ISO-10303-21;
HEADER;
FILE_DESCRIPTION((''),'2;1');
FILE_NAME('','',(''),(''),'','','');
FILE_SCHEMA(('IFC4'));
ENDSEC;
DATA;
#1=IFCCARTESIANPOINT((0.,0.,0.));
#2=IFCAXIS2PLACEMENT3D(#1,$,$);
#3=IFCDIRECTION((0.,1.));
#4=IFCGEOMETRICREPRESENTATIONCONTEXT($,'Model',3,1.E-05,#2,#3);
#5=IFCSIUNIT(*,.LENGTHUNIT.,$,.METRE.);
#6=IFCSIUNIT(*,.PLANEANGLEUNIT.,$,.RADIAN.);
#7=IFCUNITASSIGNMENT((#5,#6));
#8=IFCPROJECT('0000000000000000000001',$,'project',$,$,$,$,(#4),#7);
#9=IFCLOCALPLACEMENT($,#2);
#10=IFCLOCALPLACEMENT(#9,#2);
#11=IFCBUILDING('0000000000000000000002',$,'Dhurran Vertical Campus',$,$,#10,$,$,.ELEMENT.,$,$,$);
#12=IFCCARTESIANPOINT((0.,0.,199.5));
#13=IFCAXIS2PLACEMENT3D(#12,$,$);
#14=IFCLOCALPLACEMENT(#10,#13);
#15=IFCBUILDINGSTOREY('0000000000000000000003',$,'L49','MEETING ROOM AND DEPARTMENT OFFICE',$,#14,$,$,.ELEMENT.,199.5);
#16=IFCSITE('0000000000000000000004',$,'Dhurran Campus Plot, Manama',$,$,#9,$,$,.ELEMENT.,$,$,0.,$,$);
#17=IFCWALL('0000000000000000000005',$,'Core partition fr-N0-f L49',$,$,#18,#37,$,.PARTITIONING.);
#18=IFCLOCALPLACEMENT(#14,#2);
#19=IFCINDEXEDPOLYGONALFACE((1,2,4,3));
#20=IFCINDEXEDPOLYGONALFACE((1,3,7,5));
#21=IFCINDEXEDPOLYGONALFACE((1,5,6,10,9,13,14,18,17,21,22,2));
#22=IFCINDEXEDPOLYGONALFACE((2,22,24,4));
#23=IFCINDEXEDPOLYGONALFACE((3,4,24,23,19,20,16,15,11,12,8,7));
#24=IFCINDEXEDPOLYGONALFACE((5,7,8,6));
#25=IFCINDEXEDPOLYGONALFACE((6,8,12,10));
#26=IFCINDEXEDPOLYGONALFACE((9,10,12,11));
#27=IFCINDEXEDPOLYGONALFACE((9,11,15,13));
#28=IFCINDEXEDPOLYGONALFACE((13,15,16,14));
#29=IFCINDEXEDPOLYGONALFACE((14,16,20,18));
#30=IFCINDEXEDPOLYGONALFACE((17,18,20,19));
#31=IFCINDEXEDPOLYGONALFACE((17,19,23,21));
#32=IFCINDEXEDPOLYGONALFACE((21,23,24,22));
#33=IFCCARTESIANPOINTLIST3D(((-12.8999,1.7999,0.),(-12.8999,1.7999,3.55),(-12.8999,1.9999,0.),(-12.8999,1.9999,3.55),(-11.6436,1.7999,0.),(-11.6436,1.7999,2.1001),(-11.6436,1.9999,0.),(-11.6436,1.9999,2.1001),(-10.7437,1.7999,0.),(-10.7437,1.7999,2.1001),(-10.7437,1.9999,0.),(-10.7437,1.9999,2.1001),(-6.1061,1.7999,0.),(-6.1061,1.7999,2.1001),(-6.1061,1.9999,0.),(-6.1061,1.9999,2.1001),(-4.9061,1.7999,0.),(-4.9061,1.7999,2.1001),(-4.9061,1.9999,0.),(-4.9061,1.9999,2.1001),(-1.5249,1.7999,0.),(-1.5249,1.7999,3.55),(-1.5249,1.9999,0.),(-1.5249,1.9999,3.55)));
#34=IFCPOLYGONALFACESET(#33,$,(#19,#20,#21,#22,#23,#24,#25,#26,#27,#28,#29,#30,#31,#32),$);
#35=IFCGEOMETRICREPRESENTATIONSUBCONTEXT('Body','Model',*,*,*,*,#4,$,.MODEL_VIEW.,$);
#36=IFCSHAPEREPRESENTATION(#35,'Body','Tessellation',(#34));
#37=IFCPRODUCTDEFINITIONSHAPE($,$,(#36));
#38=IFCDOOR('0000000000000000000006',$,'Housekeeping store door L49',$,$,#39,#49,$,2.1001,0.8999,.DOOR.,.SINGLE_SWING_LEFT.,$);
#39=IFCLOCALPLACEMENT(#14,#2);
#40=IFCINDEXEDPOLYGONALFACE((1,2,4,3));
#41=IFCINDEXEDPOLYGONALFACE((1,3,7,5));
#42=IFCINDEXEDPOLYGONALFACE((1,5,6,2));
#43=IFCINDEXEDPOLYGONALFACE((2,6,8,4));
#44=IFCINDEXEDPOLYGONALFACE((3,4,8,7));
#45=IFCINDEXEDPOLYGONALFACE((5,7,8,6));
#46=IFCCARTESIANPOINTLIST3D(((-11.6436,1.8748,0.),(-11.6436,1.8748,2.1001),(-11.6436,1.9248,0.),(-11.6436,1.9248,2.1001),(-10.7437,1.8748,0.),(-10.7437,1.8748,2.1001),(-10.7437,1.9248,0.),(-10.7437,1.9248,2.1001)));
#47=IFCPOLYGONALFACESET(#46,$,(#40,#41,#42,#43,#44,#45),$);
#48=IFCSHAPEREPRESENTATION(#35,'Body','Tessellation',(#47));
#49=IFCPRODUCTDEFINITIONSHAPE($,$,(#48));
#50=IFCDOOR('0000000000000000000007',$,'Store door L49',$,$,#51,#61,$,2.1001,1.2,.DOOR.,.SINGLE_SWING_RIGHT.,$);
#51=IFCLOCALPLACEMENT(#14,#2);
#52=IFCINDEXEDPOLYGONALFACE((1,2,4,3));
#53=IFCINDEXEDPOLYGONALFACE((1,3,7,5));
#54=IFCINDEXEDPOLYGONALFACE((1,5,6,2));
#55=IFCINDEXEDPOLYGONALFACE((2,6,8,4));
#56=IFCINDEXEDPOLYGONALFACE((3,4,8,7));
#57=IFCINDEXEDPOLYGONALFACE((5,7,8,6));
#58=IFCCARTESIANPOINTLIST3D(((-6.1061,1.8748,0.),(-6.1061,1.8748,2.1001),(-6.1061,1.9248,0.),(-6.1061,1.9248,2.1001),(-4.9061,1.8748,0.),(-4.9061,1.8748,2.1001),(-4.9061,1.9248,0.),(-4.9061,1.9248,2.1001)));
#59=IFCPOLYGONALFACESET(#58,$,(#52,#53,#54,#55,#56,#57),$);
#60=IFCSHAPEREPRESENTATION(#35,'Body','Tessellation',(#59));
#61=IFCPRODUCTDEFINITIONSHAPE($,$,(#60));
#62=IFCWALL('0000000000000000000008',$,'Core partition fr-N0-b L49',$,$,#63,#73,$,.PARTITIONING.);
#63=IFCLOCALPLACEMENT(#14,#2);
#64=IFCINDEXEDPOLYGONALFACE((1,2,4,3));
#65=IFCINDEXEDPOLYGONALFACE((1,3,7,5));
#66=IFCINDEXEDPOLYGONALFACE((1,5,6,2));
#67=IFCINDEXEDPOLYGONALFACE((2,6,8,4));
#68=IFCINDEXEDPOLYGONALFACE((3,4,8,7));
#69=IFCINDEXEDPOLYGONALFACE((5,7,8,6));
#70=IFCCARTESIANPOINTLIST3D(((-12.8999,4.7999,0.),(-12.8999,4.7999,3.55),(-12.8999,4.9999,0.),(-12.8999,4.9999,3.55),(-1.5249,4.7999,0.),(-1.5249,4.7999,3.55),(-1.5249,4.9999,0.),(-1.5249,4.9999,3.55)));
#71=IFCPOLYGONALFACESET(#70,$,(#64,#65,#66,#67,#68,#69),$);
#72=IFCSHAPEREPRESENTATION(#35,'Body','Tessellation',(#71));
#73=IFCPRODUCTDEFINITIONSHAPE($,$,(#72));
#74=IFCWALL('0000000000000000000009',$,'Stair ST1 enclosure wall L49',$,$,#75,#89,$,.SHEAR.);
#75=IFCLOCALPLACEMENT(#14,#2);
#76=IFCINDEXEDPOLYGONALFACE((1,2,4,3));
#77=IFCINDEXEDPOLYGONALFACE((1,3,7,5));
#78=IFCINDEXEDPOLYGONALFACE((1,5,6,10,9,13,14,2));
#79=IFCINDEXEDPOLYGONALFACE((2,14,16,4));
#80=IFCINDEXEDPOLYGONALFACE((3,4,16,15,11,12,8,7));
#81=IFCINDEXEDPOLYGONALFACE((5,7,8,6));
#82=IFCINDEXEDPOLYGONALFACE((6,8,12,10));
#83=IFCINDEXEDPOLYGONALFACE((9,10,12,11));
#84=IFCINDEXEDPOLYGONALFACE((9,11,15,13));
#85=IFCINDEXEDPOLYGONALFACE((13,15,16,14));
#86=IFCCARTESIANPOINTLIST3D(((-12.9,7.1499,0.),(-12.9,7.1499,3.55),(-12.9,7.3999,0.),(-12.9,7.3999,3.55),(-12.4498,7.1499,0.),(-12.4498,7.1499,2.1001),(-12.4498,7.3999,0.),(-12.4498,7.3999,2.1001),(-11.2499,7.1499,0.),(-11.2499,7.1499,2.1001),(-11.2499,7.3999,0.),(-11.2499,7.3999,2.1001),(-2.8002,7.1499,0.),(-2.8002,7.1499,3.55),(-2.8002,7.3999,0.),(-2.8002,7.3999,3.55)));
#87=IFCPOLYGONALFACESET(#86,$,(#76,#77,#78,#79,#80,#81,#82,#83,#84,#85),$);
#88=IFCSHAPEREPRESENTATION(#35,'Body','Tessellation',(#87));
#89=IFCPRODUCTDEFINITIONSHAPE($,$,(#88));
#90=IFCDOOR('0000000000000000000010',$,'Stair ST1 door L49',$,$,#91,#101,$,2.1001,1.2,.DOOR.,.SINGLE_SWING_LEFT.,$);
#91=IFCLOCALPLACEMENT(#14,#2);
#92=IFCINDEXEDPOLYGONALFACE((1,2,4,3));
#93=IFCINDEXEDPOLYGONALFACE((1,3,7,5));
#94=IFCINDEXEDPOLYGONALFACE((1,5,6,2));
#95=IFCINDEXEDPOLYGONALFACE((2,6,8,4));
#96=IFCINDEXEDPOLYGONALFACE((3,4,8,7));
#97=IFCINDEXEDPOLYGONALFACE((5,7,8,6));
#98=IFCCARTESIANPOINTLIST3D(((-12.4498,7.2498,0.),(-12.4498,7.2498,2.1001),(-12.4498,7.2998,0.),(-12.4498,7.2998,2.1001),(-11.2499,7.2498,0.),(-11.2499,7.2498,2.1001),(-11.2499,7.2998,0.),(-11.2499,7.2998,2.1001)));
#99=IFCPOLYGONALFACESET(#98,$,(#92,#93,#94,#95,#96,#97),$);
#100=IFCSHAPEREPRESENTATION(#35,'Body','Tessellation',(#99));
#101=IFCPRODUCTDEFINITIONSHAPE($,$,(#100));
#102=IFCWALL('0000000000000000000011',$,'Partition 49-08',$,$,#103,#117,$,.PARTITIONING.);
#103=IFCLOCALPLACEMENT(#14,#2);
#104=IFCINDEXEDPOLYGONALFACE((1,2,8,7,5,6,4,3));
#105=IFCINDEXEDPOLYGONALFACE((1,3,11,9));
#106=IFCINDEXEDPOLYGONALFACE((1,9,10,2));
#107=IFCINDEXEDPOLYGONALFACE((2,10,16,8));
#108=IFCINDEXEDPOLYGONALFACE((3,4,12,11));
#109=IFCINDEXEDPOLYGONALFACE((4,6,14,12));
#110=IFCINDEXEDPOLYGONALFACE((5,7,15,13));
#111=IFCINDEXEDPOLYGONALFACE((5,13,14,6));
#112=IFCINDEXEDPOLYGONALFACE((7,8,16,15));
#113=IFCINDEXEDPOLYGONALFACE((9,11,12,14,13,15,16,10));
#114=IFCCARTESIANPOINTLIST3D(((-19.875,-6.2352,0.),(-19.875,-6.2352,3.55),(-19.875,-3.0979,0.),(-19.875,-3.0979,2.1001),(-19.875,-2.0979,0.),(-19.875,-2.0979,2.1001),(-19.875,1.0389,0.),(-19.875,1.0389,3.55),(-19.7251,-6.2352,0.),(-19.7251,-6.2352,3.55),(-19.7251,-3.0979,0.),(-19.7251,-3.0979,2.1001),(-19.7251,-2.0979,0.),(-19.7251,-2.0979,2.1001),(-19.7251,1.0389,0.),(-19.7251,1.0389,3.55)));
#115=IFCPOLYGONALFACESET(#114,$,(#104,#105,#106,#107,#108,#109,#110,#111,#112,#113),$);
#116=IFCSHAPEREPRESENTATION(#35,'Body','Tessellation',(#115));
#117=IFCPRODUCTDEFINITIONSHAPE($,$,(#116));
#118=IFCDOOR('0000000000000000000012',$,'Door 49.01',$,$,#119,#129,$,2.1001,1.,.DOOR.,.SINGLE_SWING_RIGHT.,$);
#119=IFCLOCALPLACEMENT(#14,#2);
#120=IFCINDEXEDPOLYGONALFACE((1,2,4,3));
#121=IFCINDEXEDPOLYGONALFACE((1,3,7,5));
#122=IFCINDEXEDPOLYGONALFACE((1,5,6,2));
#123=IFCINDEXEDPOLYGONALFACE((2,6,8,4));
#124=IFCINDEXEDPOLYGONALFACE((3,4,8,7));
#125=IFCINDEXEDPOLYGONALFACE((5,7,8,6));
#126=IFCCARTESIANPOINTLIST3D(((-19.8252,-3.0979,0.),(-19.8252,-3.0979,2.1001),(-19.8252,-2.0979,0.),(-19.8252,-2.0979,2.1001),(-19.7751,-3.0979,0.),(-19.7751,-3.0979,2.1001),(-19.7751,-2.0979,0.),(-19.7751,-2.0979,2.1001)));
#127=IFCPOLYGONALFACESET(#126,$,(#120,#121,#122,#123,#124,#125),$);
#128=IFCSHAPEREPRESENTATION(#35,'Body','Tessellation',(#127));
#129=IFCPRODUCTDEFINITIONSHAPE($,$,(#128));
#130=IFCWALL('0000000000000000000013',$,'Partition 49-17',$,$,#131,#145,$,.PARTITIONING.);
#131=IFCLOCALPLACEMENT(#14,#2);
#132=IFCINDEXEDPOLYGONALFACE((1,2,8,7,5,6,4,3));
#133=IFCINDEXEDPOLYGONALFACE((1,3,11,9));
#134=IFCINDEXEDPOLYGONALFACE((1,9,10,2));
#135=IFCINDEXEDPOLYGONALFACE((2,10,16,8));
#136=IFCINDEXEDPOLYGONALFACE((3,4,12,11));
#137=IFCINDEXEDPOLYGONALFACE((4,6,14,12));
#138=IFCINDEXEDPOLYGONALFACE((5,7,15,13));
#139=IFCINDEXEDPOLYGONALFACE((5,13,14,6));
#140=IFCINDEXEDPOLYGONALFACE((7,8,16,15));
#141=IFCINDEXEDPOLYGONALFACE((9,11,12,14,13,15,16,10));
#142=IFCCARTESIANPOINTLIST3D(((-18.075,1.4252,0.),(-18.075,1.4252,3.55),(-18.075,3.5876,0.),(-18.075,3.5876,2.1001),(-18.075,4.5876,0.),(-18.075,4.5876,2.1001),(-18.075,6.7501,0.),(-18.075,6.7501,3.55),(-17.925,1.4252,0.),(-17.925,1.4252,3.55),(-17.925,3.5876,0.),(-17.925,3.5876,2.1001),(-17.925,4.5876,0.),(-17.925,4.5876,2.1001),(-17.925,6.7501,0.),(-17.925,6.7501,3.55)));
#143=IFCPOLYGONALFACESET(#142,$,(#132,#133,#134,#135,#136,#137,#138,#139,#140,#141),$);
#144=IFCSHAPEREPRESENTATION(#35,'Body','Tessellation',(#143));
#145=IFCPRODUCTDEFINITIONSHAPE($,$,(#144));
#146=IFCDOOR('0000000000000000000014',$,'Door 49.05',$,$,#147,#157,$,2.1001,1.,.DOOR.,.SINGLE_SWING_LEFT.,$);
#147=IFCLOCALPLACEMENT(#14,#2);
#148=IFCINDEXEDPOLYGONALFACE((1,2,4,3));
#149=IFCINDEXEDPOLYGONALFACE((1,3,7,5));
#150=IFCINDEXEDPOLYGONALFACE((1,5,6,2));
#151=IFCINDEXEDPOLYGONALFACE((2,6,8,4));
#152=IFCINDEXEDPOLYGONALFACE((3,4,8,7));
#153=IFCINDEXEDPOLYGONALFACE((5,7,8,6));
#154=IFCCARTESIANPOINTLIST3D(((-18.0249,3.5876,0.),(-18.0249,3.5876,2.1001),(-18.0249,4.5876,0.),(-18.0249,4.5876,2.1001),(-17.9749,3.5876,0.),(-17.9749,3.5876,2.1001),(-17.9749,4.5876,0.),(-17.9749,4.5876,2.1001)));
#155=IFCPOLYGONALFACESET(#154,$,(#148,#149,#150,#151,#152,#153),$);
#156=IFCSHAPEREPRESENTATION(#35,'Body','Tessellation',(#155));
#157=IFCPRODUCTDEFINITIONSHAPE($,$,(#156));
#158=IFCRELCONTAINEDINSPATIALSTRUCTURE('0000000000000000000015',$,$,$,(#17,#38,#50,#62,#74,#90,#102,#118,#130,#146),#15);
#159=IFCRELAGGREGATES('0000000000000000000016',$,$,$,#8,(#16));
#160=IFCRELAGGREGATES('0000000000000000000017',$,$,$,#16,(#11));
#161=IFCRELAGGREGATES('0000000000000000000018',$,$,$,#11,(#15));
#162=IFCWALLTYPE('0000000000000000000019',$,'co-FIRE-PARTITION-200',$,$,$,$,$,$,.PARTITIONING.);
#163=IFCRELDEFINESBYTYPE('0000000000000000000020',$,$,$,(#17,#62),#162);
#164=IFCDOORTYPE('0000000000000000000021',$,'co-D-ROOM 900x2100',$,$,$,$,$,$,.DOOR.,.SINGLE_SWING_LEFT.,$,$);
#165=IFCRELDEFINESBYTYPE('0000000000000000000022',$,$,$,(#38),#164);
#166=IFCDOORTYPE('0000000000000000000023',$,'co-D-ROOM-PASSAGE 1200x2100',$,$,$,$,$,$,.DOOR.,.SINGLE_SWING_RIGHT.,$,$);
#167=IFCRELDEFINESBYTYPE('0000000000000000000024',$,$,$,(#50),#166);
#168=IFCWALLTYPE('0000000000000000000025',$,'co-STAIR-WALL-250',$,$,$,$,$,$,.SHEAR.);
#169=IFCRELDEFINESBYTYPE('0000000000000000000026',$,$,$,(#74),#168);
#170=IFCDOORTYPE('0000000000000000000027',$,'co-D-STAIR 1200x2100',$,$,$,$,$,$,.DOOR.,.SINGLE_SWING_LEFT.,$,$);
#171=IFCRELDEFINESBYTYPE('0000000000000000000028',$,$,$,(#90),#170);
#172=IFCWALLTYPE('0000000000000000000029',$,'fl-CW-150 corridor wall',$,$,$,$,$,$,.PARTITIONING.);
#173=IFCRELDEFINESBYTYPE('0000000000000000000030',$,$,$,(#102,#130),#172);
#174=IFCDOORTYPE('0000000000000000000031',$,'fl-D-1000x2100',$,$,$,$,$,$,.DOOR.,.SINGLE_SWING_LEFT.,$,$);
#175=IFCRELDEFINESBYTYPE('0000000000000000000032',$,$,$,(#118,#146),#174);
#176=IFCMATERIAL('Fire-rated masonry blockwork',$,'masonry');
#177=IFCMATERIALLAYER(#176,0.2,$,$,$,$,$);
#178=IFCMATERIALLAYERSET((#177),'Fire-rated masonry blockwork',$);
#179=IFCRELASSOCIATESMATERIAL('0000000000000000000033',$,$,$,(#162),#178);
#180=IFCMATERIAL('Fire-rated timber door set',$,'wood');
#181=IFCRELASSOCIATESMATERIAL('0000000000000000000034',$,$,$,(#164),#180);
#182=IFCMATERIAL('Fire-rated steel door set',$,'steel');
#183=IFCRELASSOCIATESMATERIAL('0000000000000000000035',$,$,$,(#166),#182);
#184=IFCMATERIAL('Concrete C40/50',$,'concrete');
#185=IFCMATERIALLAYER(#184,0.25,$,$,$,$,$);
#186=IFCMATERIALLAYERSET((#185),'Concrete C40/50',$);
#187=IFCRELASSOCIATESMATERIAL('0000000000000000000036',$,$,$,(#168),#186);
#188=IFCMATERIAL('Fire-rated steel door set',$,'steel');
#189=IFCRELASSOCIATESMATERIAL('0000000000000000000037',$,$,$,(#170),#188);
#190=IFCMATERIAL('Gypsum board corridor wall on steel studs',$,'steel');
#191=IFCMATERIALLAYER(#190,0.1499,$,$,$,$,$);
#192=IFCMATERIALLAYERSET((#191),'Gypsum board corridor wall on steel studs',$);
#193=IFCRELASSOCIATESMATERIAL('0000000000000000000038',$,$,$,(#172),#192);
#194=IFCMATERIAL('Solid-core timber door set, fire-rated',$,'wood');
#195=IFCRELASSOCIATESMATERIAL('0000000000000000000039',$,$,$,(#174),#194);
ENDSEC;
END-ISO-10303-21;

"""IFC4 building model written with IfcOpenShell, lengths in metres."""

from ifc_helpers import new_model, si_unit, direction, frame, frame_2d, origin, place, context, subcontext, project, spatial, rectangle, extrude, material, layer, layer_set, type_object, element, fill, save


model = new_model("IFC4")

# Units and contexts
model_context = context("Model", 3, precision=1e-05, world=origin(), true_north=direction((0.0, 1.0)))
body_context = subcontext(model_context, "Body", "Model", "MODEL_VIEW")
ifc_project = project(units=[si_unit("LENGTHUNIT", "METRE"), si_unit("PLANEANGLEUNIT", "RADIAN")], contexts=[model_context])

# Site, building, storey
site_placement = place(None, origin())
site = spatial("IfcSite", under=ifc_project, at=site_placement, Name="Dhurran Campus Plot, Manama", CompositionType="ELEMENT", RefElevation=0.0)
building_placement = place(site_placement, origin())
building = spatial("IfcBuilding", under=site, at=building_placement, Name="Dhurran Vertical Campus", CompositionType="ELEMENT")
storey_placement = place(building_placement, frame((0.0, 0.0, 199.5)))
storey = spatial("IfcBuildingStorey", under=building, at=storey_placement, Name="L49", Description="MEETING ROOM AND DEPARTMENT OFFICE", CompositionType="ELEMENT", Elevation=199.5)

# Wall, openings, doors
ifc_material_1 = material(Name="Fire-rated masonry blockwork", Category="masonry")
ifc_layer_1 = layer(ifc_material_1, 0.2)
ifc_layer_set_1 = layer_set([ifc_layer_1], Name="Fire-rated masonry blockwork")
wall_type_1 = type_object("IfcWallType", Name="co-FIRE-PARTITION-200", PredefinedType="PARTITIONING", material=ifc_layer_set_1)
wall_1_placement = place(storey_placement, frame((-12.8999, 1.8999, 0.0), z_axis=(0.0, 0.0, 1.0), x_axis=(1.0, 0.0, 0.0)))
wall_1 = element("IfcWall", 1, at=wall_1_placement, inside=storey, type_object=wall_type_1, Name="Core partition fr-N0-f L49", PredefinedType="PARTITIONING", context=body_context, shape_type="SweptSolid", body=[
    extrude(rectangle(XDim=11.375, YDim=0.2, at=frame_2d((5.6875, 0.0))), origin(), (0.0, 0.0, 1.0), 3.55),
])
opening_1_placement = place(wall_1_placement, frame((1.2563, 0.0, 0.0)))
opening_1 = element("IfcOpeningElement", 2, at=opening_1_placement, cuts=wall_1, PredefinedType="OPENING", context=body_context, shape_type="SweptSolid", body=[
    extrude(rectangle(XDim=0.8999, YDim=2.1001, at=frame_2d((0.45, 1.05))), frame((0.0, 0.1099, 0.0), z_axis=(0.0, -1.0, 0.0), x_axis=(1.0, 0.0, 0.0)), (0.0, 0.0, 1.0), 0.22),
])
opening_2_placement = place(wall_1_placement, frame((6.7937, 0.0, 0.0)))
opening_2 = element("IfcOpeningElement", 3, at=opening_2_placement, cuts=wall_1, PredefinedType="OPENING", context=body_context, shape_type="SweptSolid", body=[
    extrude(rectangle(XDim=1.2, YDim=2.1001, at=frame_2d((0.6001, 1.05))), frame((0.0, 0.1099, 0.0), z_axis=(0.0, -1.0, 0.0), x_axis=(1.0, 0.0, 0.0)), (0.0, 0.0, 1.0), 0.22),
])
ifc_material_2 = material(Name="Fire-rated timber door set", Category="wood")
door_type_1 = type_object("IfcDoorType", Name="co-D-ROOM 900x2100", OperationType="SINGLE_SWING_LEFT", PredefinedType="DOOR", material=ifc_material_2)
door_1_placement = place(opening_1_placement, origin())
door_1 = element("IfcDoor", 4, at=door_1_placement, inside=storey, type_object=door_type_1, Name="Housekeeping store door L49", OperationType="SINGLE_SWING_LEFT", OverallHeight=2.1001, OverallWidth=0.8999, PredefinedType="DOOR", context=body_context, shape_type="SweptSolid", body=[
    extrude(rectangle(XDim=0.8999, YDim=2.1001, at=frame_2d((0.45, 1.05))), frame((0.0, 0.0249, 0.0), z_axis=(0.0, -1.0, 0.0), x_axis=(1.0, 0.0, 0.0)), (0.0, 0.0, 1.0), 0.05),
])
fill(opening_1, door_1)
ifc_material_3 = material(Name="Fire-rated steel door set", Category="steel")
door_type_2 = type_object("IfcDoorType", Name="co-D-ROOM-PASSAGE 1200x2100", OperationType="SINGLE_SWING_RIGHT", PredefinedType="DOOR", material=ifc_material_3)
door_2_placement = place(opening_2_placement, origin())
door_2 = element("IfcDoor", 5, at=door_2_placement, inside=storey, type_object=door_type_2, Name="Store door L49", OperationType="SINGLE_SWING_RIGHT", OverallHeight=2.1001, OverallWidth=1.2, PredefinedType="DOOR", context=body_context, shape_type="SweptSolid", body=[
    extrude(rectangle(XDim=1.2, YDim=2.1001, at=frame_2d((0.6001, 1.05))), frame((0.0, 0.0249, 0.0), z_axis=(0.0, -1.0, 0.0), x_axis=(1.0, 0.0, 0.0)), (0.0, 0.0, 1.0), 0.05),
])
fill(opening_2, door_2)

# Wall
wall_2_placement = place(storey_placement, frame((-12.8999, 4.8999, 0.0), z_axis=(0.0, 0.0, 1.0), x_axis=(1.0, 0.0, 0.0)))
element("IfcWall", 6, at=wall_2_placement, inside=storey, type_object=wall_type_1, Name="Core partition fr-N0-b L49", PredefinedType="PARTITIONING", context=body_context, shape_type="SweptSolid", body=[
    extrude(rectangle(XDim=11.375, YDim=0.2, at=frame_2d((5.6875, 0.0))), origin(), (0.0, 0.0, 1.0), 3.55),
])

# Walls, openings, doors
ifc_material_4 = material(Name="Concrete C40/50", Category="concrete")
ifc_layer_2 = layer(ifc_material_4, 0.25)
ifc_layer_set_2 = layer_set([ifc_layer_2], Name="Concrete C40/50")
wall_type_2 = type_object("IfcWallType", Name="co-STAIR-WALL-250", PredefinedType="SHEAR", material=ifc_layer_set_2)
wall_3_placement = place(storey_placement, frame((-12.8999, 7.2749, 0.0), z_axis=(0.0, 0.0, 1.0), x_axis=(1.0, 0.0, 0.0)))
wall_3 = element("IfcWall", 7, at=wall_3_placement, inside=storey, type_object=wall_type_2, Name="Stair ST1 enclosure wall L49", PredefinedType="SHEAR", context=body_context, shape_type="SweptSolid", body=[
    extrude(rectangle(XDim=10.0999, YDim=0.25, at=frame_2d((5.0498, 0.0))), origin(), (0.0, 0.0, 1.0), 3.55),
])
opening_3_placement = place(wall_3_placement, frame((0.45, 0.0, 0.0)))
opening_3 = element("IfcOpeningElement", 8, at=opening_3_placement, cuts=wall_3, PredefinedType="OPENING", context=body_context, shape_type="SweptSolid", body=[
    extrude(rectangle(XDim=1.2, YDim=2.1001, at=frame_2d((0.6001, 1.05))), frame((0.0, 0.135, 0.0), z_axis=(0.0, -1.0, 0.0), x_axis=(1.0, 0.0, 0.0)), (0.0, 0.0, 1.0), 0.27),
])
ifc_material_5 = material(Name="Fire-rated steel door set", Category="steel")
door_type_3 = type_object("IfcDoorType", Name="co-D-STAIR 1200x2100", OperationType="SINGLE_SWING_LEFT", PredefinedType="DOOR", material=ifc_material_5)
door_3_placement = place(opening_3_placement, origin())
door_3 = element("IfcDoor", 9, at=door_3_placement, inside=storey, type_object=door_type_3, Name="Stair ST1 door L49", OperationType="SINGLE_SWING_LEFT", OverallHeight=2.1001, OverallWidth=1.2, PredefinedType="DOOR", context=body_context, shape_type="SweptSolid", body=[
    extrude(rectangle(XDim=1.2, YDim=2.1001, at=frame_2d((0.6001, 1.05))), frame((0.0, 0.0249, 0.0), z_axis=(0.0, -1.0, 0.0), x_axis=(1.0, 0.0, 0.0)), (0.0, 0.0, 1.0), 0.05),
])
fill(opening_3, door_3)
ifc_material_6 = material(Name="Gypsum board corridor wall on steel studs", Category="steel")
ifc_layer_3 = layer(ifc_material_6, 0.1499)
ifc_layer_set_3 = layer_set([ifc_layer_3], Name="Gypsum board corridor wall on steel studs")
wall_type_3 = type_object("IfcWallType", Name="fl-CW-150 corridor wall", PredefinedType="PARTITIONING", material=ifc_layer_set_3)
wall_4_placement = place(storey_placement, frame((-19.8, 1.0391, 0.0), z_axis=(0.0, 0.0, 1.0), x_axis=(0.0, -1.0, 0.0)))
wall_4 = element("IfcWall", 10, at=wall_4_placement, inside=storey, type_object=wall_type_3, Name="Partition 49-08", PredefinedType="PARTITIONING", context=body_context, shape_type="SweptSolid", body=[
    extrude(rectangle(XDim=7.2742, YDim=0.1499, at=frame_2d((3.6372, 0.0))), origin(), (0.0, 0.0, 1.0), 3.55),
])
opening_4_placement = place(wall_4_placement, frame((3.137, 0.0, 0.0)))
opening_4 = element("IfcOpeningElement", 11, at=opening_4_placement, cuts=wall_4, PredefinedType="OPENING", context=body_context, shape_type="SweptSolid", body=[
    extrude(rectangle(XDim=1.0, YDim=2.1001, at=frame_2d((0.5, 1.05))), frame((0.0, 0.085, 0.0), z_axis=(0.0, -1.0, 0.0), x_axis=(1.0, 0.0, 0.0)), (0.0, 0.0, 1.0), 0.1699),
])
ifc_material_7 = material(Name="Solid-core timber door set, fire-rated", Category="wood")
door_type_4 = type_object("IfcDoorType", Name="fl-D-1000x2100", OperationType="SINGLE_SWING_LEFT", PredefinedType="DOOR", material=ifc_material_7)
door_4_placement = place(opening_4_placement, origin())
door_4 = element("IfcDoor", 12, at=door_4_placement, inside=storey, type_object=door_type_4, Name="Door 49.01", OperationType="SINGLE_SWING_RIGHT", OverallHeight=2.1001, OverallWidth=1.0, PredefinedType="DOOR", context=body_context, shape_type="SweptSolid", body=[
    extrude(rectangle(XDim=1.0, YDim=2.1001, at=frame_2d((0.5, 1.05))), frame((0.0, 0.0249, 0.0), z_axis=(0.0, -1.0, 0.0), x_axis=(1.0, 0.0, 0.0)), (0.0, 0.0, 1.0), 0.05),
])
fill(opening_4, door_4)
wall_5_placement = place(storey_placement, frame((-18.0, 1.425, 0.0), z_axis=(0.0, 0.0, 1.0), x_axis=(0.0, 1.0, 0.0)))
wall_5 = element("IfcWall", 13, at=wall_5_placement, inside=storey, type_object=wall_type_3, Name="Partition 49-17", PredefinedType="PARTITIONING", context=body_context, shape_type="SweptSolid", body=[
    extrude(rectangle(XDim=5.325, YDim=0.1499, at=frame_2d((2.6626, 0.0))), origin(), (0.0, 0.0, 1.0), 3.55),
])
opening_5_placement = place(wall_5_placement, frame((2.1626, 0.0, 0.0)))
opening_5 = element("IfcOpeningElement", 14, at=opening_5_placement, cuts=wall_5, PredefinedType="OPENING", context=body_context, shape_type="SweptSolid", body=[
    extrude(rectangle(XDim=1.0, YDim=2.1001, at=frame_2d((0.5, 1.05))), frame((0.0, 0.085, 0.0), z_axis=(0.0, -1.0, 0.0), x_axis=(1.0, 0.0, 0.0)), (0.0, 0.0, 1.0), 0.1699),
])
door_5_placement = place(opening_5_placement, origin())
door_5 = element("IfcDoor", 15, at=door_5_placement, inside=storey, type_object=door_type_4, Name="Door 49.05", OperationType="SINGLE_SWING_LEFT", OverallHeight=2.1001, OverallWidth=1.0, PredefinedType="DOOR", context=body_context, shape_type="SweptSolid", body=[
    extrude(rectangle(XDim=1.0, YDim=2.1001, at=frame_2d((0.5, 1.05))), frame((0.0, 0.0249, 0.0), z_axis=(0.0, -1.0, 0.0), x_axis=(1.0, 0.0, 0.0)), (0.0, 0.0, 1.0), 0.05),
])
fill(opening_5, door_5)

save(model, "model.ifc")
